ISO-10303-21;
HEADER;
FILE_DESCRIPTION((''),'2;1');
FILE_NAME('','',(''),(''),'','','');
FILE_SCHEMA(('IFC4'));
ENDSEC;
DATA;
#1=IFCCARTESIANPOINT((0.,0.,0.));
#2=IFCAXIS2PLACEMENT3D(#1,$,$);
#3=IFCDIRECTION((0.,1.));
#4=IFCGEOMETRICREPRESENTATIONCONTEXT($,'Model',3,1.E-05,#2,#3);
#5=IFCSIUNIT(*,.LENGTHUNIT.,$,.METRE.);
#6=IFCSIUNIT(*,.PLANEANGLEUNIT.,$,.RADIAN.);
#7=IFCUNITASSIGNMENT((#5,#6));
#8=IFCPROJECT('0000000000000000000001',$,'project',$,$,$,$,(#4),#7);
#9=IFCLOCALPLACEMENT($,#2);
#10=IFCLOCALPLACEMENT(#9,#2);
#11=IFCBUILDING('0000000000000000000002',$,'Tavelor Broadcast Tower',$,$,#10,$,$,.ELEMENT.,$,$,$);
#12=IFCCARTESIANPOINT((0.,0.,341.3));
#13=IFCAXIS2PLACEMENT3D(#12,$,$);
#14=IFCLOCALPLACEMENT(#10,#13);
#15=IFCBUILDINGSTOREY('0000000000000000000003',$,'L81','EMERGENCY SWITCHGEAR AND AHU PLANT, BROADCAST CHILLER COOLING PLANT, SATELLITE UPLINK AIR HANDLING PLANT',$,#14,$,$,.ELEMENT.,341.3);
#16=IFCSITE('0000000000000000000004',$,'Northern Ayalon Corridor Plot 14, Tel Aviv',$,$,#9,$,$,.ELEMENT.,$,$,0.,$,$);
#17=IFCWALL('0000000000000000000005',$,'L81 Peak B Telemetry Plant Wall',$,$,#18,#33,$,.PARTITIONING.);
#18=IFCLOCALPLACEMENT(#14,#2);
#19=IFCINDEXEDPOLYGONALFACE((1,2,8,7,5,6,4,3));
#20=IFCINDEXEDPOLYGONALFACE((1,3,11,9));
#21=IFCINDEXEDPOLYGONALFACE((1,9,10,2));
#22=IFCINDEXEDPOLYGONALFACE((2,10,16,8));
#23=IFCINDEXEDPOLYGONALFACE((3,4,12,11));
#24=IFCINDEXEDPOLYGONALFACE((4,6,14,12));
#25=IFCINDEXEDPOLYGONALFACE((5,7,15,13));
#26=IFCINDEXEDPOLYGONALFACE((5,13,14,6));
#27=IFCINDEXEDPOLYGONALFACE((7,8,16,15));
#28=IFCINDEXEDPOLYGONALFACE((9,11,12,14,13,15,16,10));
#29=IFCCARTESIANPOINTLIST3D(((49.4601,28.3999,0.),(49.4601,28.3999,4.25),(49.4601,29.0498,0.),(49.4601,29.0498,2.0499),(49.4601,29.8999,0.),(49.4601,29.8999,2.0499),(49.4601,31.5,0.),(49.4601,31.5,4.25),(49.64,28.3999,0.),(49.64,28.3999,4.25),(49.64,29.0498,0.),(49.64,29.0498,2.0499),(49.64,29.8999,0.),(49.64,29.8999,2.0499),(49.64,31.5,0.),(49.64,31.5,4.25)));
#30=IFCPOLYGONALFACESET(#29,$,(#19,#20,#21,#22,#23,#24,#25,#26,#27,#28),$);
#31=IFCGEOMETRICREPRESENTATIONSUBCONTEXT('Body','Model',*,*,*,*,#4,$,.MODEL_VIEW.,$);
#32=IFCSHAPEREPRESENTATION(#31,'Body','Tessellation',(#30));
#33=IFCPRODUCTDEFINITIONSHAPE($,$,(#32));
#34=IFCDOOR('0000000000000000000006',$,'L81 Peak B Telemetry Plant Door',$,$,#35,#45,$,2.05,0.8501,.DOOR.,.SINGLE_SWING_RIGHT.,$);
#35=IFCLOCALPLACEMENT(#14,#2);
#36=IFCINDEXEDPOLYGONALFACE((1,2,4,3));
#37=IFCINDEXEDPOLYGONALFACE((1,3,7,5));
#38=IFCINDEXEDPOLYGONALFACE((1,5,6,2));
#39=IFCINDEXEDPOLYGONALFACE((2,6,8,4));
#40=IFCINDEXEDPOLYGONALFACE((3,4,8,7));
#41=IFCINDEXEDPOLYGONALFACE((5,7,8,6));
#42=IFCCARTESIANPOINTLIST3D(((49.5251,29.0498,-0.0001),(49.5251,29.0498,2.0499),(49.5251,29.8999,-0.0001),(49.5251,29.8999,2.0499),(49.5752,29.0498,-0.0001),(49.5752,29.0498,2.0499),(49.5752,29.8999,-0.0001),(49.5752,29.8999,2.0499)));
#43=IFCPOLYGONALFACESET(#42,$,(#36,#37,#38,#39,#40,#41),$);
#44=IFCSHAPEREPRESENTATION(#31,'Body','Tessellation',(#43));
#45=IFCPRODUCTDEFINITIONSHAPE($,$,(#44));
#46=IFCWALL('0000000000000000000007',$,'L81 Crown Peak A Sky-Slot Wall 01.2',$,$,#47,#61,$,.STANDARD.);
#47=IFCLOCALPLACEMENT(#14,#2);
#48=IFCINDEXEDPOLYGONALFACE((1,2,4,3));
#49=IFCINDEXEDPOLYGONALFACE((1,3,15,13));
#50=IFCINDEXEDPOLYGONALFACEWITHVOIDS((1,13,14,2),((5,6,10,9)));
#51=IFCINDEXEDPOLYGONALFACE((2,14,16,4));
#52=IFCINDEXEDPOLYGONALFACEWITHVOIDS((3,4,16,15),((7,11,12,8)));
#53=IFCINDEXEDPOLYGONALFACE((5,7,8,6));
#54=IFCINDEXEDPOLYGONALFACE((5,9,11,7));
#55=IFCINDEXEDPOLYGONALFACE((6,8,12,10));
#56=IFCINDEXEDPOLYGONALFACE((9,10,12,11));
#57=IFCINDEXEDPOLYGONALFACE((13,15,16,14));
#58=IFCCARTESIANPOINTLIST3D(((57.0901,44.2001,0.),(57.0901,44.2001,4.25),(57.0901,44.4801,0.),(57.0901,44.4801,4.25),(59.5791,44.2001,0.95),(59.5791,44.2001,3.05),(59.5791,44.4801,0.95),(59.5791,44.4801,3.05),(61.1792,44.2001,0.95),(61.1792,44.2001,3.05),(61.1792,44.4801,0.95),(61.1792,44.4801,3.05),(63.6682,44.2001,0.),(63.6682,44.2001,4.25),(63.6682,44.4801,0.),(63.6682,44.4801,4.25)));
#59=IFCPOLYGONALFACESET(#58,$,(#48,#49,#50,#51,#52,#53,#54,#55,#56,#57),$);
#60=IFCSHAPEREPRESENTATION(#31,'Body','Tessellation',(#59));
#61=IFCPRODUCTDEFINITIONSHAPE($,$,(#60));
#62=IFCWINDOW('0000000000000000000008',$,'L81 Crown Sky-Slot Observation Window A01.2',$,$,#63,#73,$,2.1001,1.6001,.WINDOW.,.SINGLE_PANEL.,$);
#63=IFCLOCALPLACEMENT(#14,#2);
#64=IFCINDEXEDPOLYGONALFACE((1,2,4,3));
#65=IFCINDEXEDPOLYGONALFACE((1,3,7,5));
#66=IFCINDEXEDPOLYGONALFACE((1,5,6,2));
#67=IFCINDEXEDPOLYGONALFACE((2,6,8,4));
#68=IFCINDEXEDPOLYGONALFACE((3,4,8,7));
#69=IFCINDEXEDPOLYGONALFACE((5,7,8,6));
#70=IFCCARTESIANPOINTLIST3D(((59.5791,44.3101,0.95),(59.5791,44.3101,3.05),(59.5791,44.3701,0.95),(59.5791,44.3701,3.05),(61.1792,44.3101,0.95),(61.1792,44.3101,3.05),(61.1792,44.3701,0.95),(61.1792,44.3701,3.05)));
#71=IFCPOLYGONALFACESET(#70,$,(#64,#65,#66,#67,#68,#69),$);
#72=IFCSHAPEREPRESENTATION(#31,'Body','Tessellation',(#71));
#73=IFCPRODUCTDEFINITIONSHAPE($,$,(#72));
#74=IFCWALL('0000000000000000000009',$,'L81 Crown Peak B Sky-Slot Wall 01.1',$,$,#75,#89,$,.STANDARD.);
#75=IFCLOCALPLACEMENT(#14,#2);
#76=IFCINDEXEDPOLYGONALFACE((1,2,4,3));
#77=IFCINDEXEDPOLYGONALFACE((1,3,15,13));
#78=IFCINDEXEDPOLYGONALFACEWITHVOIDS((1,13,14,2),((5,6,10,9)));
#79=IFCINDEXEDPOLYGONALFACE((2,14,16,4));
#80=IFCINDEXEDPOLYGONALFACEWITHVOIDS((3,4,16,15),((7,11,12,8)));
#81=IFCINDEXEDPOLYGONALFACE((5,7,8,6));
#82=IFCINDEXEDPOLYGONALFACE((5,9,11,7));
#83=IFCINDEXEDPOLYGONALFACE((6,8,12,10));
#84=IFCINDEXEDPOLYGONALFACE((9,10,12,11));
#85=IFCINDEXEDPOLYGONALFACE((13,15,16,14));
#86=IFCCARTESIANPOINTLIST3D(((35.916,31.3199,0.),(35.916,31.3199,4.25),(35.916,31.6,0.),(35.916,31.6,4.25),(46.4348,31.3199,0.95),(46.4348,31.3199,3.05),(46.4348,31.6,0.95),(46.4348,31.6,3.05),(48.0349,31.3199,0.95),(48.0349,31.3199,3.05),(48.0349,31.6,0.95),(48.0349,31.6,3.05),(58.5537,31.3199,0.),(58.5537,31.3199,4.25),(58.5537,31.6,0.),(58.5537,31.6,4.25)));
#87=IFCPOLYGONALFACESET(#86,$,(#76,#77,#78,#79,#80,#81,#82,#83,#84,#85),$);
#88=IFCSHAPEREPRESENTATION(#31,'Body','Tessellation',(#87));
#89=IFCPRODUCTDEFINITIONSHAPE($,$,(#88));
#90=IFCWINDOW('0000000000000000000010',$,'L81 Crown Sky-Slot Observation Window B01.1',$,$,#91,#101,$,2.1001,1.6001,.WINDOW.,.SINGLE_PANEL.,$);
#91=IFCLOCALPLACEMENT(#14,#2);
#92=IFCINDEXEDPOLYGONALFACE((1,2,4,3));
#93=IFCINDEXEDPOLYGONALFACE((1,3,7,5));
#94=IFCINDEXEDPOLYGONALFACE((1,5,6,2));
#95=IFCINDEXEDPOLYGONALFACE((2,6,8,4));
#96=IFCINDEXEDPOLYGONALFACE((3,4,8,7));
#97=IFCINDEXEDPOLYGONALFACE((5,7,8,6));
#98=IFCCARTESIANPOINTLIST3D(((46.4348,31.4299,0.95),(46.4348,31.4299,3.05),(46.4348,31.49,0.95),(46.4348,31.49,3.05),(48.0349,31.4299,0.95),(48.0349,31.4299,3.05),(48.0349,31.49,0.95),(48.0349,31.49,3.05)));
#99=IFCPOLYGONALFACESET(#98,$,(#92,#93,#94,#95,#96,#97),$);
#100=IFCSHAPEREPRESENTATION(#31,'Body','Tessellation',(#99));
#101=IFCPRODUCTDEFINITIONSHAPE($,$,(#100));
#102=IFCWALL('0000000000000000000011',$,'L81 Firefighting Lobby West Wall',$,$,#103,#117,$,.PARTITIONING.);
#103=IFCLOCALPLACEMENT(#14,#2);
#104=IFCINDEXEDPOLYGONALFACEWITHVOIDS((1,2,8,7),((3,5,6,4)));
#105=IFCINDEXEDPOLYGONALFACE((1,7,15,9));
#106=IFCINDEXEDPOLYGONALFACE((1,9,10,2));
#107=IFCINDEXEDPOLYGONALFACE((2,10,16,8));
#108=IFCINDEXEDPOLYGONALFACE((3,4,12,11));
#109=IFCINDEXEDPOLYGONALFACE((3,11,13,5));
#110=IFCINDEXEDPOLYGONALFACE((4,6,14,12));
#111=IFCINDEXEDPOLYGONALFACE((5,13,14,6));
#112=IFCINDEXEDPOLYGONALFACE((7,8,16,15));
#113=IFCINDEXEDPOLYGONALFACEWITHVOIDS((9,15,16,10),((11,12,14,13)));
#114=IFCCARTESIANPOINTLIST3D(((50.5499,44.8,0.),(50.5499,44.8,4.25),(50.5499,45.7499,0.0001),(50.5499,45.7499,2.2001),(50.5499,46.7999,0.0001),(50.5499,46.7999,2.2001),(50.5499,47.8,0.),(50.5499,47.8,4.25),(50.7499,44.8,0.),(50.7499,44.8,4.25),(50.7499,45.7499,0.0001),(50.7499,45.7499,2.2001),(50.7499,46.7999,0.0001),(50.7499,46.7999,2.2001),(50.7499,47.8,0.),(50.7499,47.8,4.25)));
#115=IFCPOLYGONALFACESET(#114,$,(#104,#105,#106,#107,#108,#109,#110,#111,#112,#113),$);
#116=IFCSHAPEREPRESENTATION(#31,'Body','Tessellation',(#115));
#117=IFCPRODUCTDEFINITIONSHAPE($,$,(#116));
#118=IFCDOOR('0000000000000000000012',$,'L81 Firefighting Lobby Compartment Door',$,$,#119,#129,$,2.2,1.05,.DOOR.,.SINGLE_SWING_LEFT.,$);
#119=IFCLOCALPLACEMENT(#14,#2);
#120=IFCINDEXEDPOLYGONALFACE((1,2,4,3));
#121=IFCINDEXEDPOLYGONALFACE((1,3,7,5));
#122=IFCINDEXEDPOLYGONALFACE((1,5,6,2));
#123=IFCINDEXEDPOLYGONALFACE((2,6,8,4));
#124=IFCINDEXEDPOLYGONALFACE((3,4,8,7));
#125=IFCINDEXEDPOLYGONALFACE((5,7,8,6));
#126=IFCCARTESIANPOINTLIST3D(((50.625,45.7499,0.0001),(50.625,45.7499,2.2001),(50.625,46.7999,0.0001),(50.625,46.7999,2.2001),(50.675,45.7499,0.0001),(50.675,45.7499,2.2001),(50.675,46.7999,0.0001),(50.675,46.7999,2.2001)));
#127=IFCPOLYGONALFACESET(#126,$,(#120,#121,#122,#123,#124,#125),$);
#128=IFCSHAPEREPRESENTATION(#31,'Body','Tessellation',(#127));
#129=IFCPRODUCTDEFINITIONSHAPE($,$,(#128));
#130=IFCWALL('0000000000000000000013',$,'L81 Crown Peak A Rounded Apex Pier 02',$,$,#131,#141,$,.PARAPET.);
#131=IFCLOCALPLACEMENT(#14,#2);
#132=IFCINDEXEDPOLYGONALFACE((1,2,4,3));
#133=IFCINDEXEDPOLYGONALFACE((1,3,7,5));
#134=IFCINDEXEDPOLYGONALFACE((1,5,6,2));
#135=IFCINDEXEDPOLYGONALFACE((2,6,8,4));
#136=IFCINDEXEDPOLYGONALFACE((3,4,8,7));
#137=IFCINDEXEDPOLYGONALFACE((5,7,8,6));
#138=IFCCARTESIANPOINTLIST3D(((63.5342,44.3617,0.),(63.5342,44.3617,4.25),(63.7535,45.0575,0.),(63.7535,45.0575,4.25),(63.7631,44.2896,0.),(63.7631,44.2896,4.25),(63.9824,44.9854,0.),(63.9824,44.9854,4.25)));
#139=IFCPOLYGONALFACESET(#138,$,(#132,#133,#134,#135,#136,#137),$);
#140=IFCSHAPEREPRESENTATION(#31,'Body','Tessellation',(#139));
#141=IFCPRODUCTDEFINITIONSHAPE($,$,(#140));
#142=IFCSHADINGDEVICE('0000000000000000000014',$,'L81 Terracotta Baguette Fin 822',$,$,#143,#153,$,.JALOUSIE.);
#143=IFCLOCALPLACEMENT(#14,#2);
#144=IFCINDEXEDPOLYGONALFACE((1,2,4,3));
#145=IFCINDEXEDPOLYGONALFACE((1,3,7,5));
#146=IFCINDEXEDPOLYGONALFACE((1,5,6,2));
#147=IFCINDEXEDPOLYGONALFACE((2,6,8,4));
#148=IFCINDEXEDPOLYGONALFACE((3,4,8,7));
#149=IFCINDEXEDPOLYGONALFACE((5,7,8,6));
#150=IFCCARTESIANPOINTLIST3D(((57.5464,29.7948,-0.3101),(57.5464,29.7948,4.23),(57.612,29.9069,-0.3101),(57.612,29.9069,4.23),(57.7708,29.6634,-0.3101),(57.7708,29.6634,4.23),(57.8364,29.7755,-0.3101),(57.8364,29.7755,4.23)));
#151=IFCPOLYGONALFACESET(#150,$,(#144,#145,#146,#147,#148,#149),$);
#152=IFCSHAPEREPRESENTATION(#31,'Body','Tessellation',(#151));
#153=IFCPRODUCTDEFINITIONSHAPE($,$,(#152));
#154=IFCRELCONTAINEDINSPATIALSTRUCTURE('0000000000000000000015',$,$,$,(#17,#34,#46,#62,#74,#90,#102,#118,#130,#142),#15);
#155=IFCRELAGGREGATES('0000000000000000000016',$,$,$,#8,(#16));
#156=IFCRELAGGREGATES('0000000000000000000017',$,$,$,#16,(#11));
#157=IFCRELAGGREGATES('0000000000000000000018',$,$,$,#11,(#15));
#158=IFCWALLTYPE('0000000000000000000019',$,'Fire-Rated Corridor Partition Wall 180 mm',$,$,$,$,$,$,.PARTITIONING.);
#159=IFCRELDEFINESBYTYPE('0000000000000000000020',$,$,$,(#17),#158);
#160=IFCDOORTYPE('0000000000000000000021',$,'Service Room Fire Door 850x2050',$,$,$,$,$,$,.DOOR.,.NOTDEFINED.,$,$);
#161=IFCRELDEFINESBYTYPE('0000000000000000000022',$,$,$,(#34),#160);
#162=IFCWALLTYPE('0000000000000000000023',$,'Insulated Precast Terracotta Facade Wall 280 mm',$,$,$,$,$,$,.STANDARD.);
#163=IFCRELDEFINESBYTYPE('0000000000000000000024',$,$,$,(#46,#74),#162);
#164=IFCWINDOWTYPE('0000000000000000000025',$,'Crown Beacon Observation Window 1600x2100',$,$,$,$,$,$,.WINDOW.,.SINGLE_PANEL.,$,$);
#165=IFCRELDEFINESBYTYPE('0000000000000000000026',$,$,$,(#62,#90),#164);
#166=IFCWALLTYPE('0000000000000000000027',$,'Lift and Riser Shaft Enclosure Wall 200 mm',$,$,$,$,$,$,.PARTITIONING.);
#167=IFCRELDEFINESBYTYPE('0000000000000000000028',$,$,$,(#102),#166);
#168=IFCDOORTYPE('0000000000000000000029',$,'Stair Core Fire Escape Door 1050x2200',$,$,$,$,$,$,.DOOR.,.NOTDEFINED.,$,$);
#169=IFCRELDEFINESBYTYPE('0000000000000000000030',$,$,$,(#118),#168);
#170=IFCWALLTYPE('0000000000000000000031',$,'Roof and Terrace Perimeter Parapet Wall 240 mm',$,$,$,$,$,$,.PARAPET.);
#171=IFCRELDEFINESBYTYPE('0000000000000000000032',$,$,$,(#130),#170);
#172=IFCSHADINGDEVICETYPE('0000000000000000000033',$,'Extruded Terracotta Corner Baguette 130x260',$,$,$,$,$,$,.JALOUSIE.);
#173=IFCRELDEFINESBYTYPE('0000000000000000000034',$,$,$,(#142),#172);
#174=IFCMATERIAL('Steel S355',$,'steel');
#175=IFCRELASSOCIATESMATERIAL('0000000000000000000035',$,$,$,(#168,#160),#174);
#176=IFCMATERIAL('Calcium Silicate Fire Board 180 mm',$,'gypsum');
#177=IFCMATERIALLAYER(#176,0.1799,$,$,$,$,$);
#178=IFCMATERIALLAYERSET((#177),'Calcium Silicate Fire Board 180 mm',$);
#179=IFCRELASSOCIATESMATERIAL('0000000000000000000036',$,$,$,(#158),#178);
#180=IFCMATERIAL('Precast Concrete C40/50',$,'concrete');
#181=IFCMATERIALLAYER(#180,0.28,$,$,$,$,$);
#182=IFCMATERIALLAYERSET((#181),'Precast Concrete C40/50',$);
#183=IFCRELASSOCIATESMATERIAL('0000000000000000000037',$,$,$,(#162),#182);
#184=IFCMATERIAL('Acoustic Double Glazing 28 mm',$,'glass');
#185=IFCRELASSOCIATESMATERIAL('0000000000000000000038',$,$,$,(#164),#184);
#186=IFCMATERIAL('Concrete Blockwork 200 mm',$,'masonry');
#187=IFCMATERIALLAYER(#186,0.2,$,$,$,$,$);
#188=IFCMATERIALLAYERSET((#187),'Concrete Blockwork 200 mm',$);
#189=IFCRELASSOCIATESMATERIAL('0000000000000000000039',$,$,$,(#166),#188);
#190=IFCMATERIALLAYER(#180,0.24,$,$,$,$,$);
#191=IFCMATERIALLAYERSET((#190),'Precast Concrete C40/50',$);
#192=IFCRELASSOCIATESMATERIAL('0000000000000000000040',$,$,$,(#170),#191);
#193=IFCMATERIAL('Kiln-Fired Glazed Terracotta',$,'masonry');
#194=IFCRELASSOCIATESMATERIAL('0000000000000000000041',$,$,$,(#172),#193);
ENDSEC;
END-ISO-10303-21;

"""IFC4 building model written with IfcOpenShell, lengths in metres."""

from ifc_helpers import new_model, si_unit, direction, frame, frame_2d, origin, origin_2d, place, context, subcontext, project, spatial, rectangle, extrude, source, transform, mapped, material, layer, layer_set, type_object, type_shapes, element, fill, save


model = new_model("IFC4")

# Units and contexts
model_context = context("Model", 3, precision=1e-05, world=origin(), true_north=direction((0.0, 1.0)))
body_context = subcontext(model_context, "Body", "Model", "MODEL_VIEW")
ifc_project = project(units=[si_unit("LENGTHUNIT", "METRE"), si_unit("PLANEANGLEUNIT", "RADIAN")], contexts=[model_context])

# Site, building, storey
site_placement = place(None, origin())
site = spatial("IfcSite", under=ifc_project, at=site_placement, Name="Northern Ayalon Corridor Plot 14, Tel Aviv", CompositionType="ELEMENT", RefElevation=0.0)
building_placement = place(site_placement, origin())
building = spatial("IfcBuilding", under=site, at=building_placement, Name="Tavelor Broadcast Tower", CompositionType="ELEMENT")
storey_placement = place(building_placement, frame((0.0, 0.0, 341.3)))
storey = spatial("IfcBuildingStorey", under=building, at=storey_placement, Name="L81", Description="EMERGENCY SWITCHGEAR AND AHU PLANT, BROADCAST CHILLER COOLING PLANT, SATELLITE UPLINK AIR HANDLING PLANT", CompositionType="ELEMENT", Elevation=341.3)

# Shared definitions
ifc_material_1 = material(Name="Steel S355", Category="steel")

# Wall, opening, door
door_type_1 = type_object("IfcDoorType", Name="Stair Core Fire Escape Door 1050x2200", OperationType="NOTDEFINED", PredefinedType="DOOR", material=ifc_material_1)
ifc_material_2 = material(Name="Calcium Silicate Fire Board 180 mm", Category="gypsum")
ifc_layer_1 = layer(ifc_material_2, 0.1799)
ifc_layer_set_1 = layer_set([ifc_layer_1], Name="Calcium Silicate Fire Board 180 mm")
wall_type_1 = type_object("IfcWallType", Name="Fire-Rated Corridor Partition Wall 180 mm", PredefinedType="PARTITIONING", material=ifc_layer_set_1)
wall_1_placement = place(storey_placement, frame((49.55, 28.3999, 0.0), z_axis=(0.0, 0.0, 1.0), x_axis=(0.0, 1.0, 0.0)))
wall_1 = element("IfcWall", 1, at=wall_1_placement, inside=storey, type_object=wall_type_1, Name="L81 Peak B Telemetry Plant Wall", PredefinedType="PARTITIONING", context=body_context, shape_type="SweptSolid", body=[
    extrude(rectangle(XDim=3.1001, YDim=0.1799, at=frame_2d((1.55, 0.0))), origin(), (0.0, 0.0, 1.0), 4.25),
])
opening_1_placement = place(wall_1_placement, frame((0.6499, 0.0, 0.0)))
opening_1 = element("IfcOpeningElement", 2, at=opening_1_placement, cuts=wall_1, PredefinedType="OPENING", context=body_context, shape_type="SweptSolid", body=[
    extrude(rectangle(XDim=0.8501, YDim=2.05, at=frame_2d((0.425, 1.0249))), frame((0.0, 0.1001, 0.0), z_axis=(0.0, -1.0, 0.0), x_axis=(1.0, 0.0, 0.0)), (0.0, 0.0, 1.0), 0.2),
])
door_type_2 = type_object("IfcDoorType", Name="Service Room Fire Door 850x2050", OperationType="NOTDEFINED", PredefinedType="DOOR", material=ifc_material_1)
door_1_placement = place(opening_1_placement, origin())
door_1 = element("IfcDoor", 3, at=door_1_placement, inside=storey, type_object=door_type_2, Name="L81 Peak B Telemetry Plant Door", OperationType="SINGLE_SWING_RIGHT", OverallHeight=2.05, OverallWidth=0.8501, PredefinedType="DOOR", context=body_context, shape_type="SweptSolid", body=[
    extrude(rectangle(XDim=0.8501, YDim=2.05, at=frame_2d((0.425, 1.0249))), frame((0.0, 0.0249, 0.0), z_axis=(0.0, -1.0, 0.0), x_axis=(1.0, 0.0, 0.0)), (0.0, 0.0, 1.0), 0.05),
])
fill(opening_1, door_1)

# Walls, openings, windows
ifc_material_3 = material(Name="Precast Concrete C40/50", Category="concrete")
ifc_layer_2 = layer(ifc_material_3, 0.28)
ifc_layer_set_2 = layer_set([ifc_layer_2], Name="Precast Concrete C40/50")
wall_type_2 = type_object("IfcWallType", Name="Insulated Precast Terracotta Facade Wall 280 mm", PredefinedType="STANDARD", material=ifc_layer_set_2)
wall_2_placement = place(storey_placement, frame((57.0901, 44.3401, 0.0), z_axis=(0.0, 0.0, 1.0), x_axis=(1.0, 0.0, 0.0)))
wall_2 = element("IfcWall", 4, at=wall_2_placement, inside=storey, type_object=wall_type_2, Name="L81 Crown Peak A Sky-Slot Wall 01.2", PredefinedType="STANDARD", context=body_context, shape_type="SweptSolid", body=[
    extrude(rectangle(XDim=6.5781, YDim=0.28, at=frame_2d((3.2891, 0.0))), origin(), (0.0, 0.0, 1.0), 4.25),
])
opening_2_placement = place(wall_2_placement, frame((2.489, 0.0, 0.95)))
opening_2 = element("IfcOpeningElement", 5, at=opening_2_placement, cuts=wall_2, PredefinedType="OPENING", context=body_context, shape_type="SweptSolid", body=[
    extrude(rectangle(XDim=1.6001, YDim=2.1001, at=frame_2d((0.8, 1.05))), frame((0.0, 0.1499, 0.0), z_axis=(0.0, -1.0, 0.0), x_axis=(1.0, 0.0, 0.0)), (0.0, 0.0, 1.0), 0.3),
])
ifc_material_4 = material(Name="Acoustic Double Glazing 28 mm", Category="glass")
window_type = type_object("IfcWindowType", Name="Crown Beacon Observation Window 1600x2100", PartitioningType="SINGLE_PANEL", PredefinedType="WINDOW", material=ifc_material_4)
window_1_placement = place(opening_2_placement, origin())
window_1 = element("IfcWindow", 6, at=window_1_placement, inside=storey, type_object=window_type, Name="L81 Crown Sky-Slot Observation Window A01.2", OverallHeight=2.1001, OverallWidth=1.6001, PartitioningType="SINGLE_PANEL", PredefinedType="WINDOW", context=body_context, shape_type="SweptSolid", body=[
    extrude(rectangle(XDim=1.6001, YDim=2.1001, at=frame_2d((0.8, 1.05))), frame((0.0, 0.03, 0.0), z_axis=(0.0, -1.0, 0.0), x_axis=(1.0, 0.0, 0.0)), (0.0, 0.0, 1.0), 0.0601),
])
fill(opening_2, window_1)
wall_3_placement = place(storey_placement, frame((58.5537, 31.46, 0.0), z_axis=(0.0, 0.0, 1.0), x_axis=(-1.0, 0.0, 0.0)))
wall_3 = element("IfcWall", 7, at=wall_3_placement, inside=storey, type_object=wall_type_2, Name="L81 Crown Peak B Sky-Slot Wall 01.1", PredefinedType="STANDARD", context=body_context, shape_type="SweptSolid", body=[
    extrude(rectangle(XDim=22.6377, YDim=0.28, at=frame_2d((11.3188, 0.0))), origin(), (0.0, 0.0, 1.0), 4.25),
])
opening_3_placement = place(wall_3_placement, frame((10.5188, 0.0, 0.95)))
opening_3 = element("IfcOpeningElement", 8, at=opening_3_placement, cuts=wall_3, PredefinedType="OPENING", context=body_context, shape_type="SweptSolid", body=[
    extrude(rectangle(XDim=1.6001, YDim=2.1001, at=frame_2d((0.8, 1.05))), frame((0.0, 0.1499, 0.0), z_axis=(0.0, -1.0, 0.0), x_axis=(1.0, 0.0, 0.0)), (0.0, 0.0, 1.0), 0.3),
])
window_2_placement = place(opening_3_placement, origin())
window_2 = element("IfcWindow", 9, at=window_2_placement, inside=storey, type_object=window_type, Name="L81 Crown Sky-Slot Observation Window B01.1", OverallHeight=2.1001, OverallWidth=1.6001, PartitioningType="SINGLE_PANEL", PredefinedType="WINDOW", context=body_context, shape_type="SweptSolid", body=[
    extrude(rectangle(XDim=1.6001, YDim=2.1001, at=frame_2d((0.8, 1.05))), frame((0.0, 0.03, 0.0), z_axis=(0.0, -1.0, 0.0), x_axis=(1.0, 0.0, 0.0)), (0.0, 0.0, 1.0), 0.0601),
])
fill(opening_3, window_2)

# Wall, opening, door
ifc_material_5 = material(Name="Concrete Blockwork 200 mm", Category="masonry")
ifc_layer_3 = layer(ifc_material_5, 0.2)
ifc_layer_set_3 = layer_set([ifc_layer_3], Name="Concrete Blockwork 200 mm")
wall_type_3 = type_object("IfcWallType", Name="Lift and Riser Shaft Enclosure Wall 200 mm", PredefinedType="PARTITIONING", material=ifc_layer_set_3)
wall_4_placement = place(storey_placement, frame((50.6499, 44.8, 0.0), z_axis=(0.0, 0.0, 1.0), x_axis=(0.0, 1.0, 0.0)))
wall_4 = element("IfcWall", 10, at=wall_4_placement, inside=storey, type_object=wall_type_3, Name="L81 Firefighting Lobby West Wall", PredefinedType="PARTITIONING", context=body_context, shape_type="SweptSolid", body=[
    extrude(rectangle(XDim=3.0, YDim=0.2, at=frame_2d((1.5, 0.0))), origin(), (0.0, 0.0, 1.0), 4.25),
])
opening_4_placement = place(wall_4_placement, frame((0.95, 0.0, 0.0)))
opening_4 = element("IfcOpeningElement", 11, at=opening_4_placement, cuts=wall_4, PredefinedType="OPENING", context=body_context, shape_type="SweptSolid", body=[
    extrude(rectangle(XDim=1.05, YDim=2.2, at=frame_2d((0.5249, 1.1001))), frame((0.0, 0.1099, 0.0), z_axis=(0.0, -1.0, 0.0), x_axis=(1.0, 0.0, 0.0)), (0.0, 0.0, 1.0), 0.22),
])
door_2_placement = place(opening_4_placement, origin())
door_2 = element("IfcDoor", 12, at=door_2_placement, inside=storey, type_object=door_type_1, Name="L81 Firefighting Lobby Compartment Door", OperationType="SINGLE_SWING_LEFT", OverallHeight=2.2, OverallWidth=1.05, PredefinedType="DOOR", context=body_context, shape_type="SweptSolid", body=[
    extrude(rectangle(XDim=1.05, YDim=2.2, at=frame_2d((0.5249, 1.1001))), frame((0.0, 0.0249, 0.0), z_axis=(0.0, -1.0, 0.0), x_axis=(1.0, 0.0, 0.0)), (0.0, 0.0, 1.0), 0.05),
])
fill(opening_4, door_2)

# Wall
ifc_layer_4 = layer(ifc_material_3, 0.24)
ifc_layer_set_4 = layer_set([ifc_layer_4], Name="Precast Concrete C40/50")
wall_type_4 = type_object("IfcWallType", Name="Roof and Terrace Perimeter Parapet Wall 240 mm", PredefinedType="PARAPET", material=ifc_layer_set_4)
wall_5_placement = place(storey_placement, frame((63.6487, 44.3257, 0.0), z_axis=(0.0, 0.0, 1.0), x_axis=(0.300523, 0.953775, 0.0)))
element("IfcWall", 13, at=wall_5_placement, inside=storey, type_object=wall_type_4, Name="L81 Crown Peak A Rounded Apex Pier 02", PredefinedType="PARAPET", context=body_context, shape_type="SweptSolid", body=[
    extrude(rectangle(XDim=0.7295, YDim=0.24, at=frame_2d((0.3647, 0.0))), origin(), (0.0, 0.0, 1.0), 4.25),
])

# Shading device
ifc_material_6 = material(Name="Kiln-Fired Glazed Terracotta", Category="masonry")
shading_device_type = type_object("IfcShadingDeviceType", Name="Extruded Terracotta Corner Baguette 130x260", PredefinedType="JALOUSIE", material=ifc_material_6)
shared_shape_1 = source(origin(), body_context, "Body", "SweptSolid", [
    extrude(rectangle(XDim=0.1299, YDim=0.26, at=origin_2d()), origin(), (0.0, 0.0, 1.0), 4.54),
])
type_shapes(shading_device_type, [shared_shape_1])
shading_device_placement = place(storey_placement, frame((57.6914, 29.7852, -0.3101), z_axis=(0.0, 0.0, 1.0), x_axis=(0.505281, 0.862955, 0.0)))
element("IfcShadingDevice", 14, at=shading_device_placement, inside=storey, type_object=shading_device_type, Name="L81 Terracotta Baguette Fin 822", PredefinedType="JALOUSIE", context=body_context, shape_type="MappedRepresentation", body=[
    mapped(shared_shape_1, transform((0.0, 0.0, 0.0), scale=1.0)),
])

save(model, "model.ifc")
